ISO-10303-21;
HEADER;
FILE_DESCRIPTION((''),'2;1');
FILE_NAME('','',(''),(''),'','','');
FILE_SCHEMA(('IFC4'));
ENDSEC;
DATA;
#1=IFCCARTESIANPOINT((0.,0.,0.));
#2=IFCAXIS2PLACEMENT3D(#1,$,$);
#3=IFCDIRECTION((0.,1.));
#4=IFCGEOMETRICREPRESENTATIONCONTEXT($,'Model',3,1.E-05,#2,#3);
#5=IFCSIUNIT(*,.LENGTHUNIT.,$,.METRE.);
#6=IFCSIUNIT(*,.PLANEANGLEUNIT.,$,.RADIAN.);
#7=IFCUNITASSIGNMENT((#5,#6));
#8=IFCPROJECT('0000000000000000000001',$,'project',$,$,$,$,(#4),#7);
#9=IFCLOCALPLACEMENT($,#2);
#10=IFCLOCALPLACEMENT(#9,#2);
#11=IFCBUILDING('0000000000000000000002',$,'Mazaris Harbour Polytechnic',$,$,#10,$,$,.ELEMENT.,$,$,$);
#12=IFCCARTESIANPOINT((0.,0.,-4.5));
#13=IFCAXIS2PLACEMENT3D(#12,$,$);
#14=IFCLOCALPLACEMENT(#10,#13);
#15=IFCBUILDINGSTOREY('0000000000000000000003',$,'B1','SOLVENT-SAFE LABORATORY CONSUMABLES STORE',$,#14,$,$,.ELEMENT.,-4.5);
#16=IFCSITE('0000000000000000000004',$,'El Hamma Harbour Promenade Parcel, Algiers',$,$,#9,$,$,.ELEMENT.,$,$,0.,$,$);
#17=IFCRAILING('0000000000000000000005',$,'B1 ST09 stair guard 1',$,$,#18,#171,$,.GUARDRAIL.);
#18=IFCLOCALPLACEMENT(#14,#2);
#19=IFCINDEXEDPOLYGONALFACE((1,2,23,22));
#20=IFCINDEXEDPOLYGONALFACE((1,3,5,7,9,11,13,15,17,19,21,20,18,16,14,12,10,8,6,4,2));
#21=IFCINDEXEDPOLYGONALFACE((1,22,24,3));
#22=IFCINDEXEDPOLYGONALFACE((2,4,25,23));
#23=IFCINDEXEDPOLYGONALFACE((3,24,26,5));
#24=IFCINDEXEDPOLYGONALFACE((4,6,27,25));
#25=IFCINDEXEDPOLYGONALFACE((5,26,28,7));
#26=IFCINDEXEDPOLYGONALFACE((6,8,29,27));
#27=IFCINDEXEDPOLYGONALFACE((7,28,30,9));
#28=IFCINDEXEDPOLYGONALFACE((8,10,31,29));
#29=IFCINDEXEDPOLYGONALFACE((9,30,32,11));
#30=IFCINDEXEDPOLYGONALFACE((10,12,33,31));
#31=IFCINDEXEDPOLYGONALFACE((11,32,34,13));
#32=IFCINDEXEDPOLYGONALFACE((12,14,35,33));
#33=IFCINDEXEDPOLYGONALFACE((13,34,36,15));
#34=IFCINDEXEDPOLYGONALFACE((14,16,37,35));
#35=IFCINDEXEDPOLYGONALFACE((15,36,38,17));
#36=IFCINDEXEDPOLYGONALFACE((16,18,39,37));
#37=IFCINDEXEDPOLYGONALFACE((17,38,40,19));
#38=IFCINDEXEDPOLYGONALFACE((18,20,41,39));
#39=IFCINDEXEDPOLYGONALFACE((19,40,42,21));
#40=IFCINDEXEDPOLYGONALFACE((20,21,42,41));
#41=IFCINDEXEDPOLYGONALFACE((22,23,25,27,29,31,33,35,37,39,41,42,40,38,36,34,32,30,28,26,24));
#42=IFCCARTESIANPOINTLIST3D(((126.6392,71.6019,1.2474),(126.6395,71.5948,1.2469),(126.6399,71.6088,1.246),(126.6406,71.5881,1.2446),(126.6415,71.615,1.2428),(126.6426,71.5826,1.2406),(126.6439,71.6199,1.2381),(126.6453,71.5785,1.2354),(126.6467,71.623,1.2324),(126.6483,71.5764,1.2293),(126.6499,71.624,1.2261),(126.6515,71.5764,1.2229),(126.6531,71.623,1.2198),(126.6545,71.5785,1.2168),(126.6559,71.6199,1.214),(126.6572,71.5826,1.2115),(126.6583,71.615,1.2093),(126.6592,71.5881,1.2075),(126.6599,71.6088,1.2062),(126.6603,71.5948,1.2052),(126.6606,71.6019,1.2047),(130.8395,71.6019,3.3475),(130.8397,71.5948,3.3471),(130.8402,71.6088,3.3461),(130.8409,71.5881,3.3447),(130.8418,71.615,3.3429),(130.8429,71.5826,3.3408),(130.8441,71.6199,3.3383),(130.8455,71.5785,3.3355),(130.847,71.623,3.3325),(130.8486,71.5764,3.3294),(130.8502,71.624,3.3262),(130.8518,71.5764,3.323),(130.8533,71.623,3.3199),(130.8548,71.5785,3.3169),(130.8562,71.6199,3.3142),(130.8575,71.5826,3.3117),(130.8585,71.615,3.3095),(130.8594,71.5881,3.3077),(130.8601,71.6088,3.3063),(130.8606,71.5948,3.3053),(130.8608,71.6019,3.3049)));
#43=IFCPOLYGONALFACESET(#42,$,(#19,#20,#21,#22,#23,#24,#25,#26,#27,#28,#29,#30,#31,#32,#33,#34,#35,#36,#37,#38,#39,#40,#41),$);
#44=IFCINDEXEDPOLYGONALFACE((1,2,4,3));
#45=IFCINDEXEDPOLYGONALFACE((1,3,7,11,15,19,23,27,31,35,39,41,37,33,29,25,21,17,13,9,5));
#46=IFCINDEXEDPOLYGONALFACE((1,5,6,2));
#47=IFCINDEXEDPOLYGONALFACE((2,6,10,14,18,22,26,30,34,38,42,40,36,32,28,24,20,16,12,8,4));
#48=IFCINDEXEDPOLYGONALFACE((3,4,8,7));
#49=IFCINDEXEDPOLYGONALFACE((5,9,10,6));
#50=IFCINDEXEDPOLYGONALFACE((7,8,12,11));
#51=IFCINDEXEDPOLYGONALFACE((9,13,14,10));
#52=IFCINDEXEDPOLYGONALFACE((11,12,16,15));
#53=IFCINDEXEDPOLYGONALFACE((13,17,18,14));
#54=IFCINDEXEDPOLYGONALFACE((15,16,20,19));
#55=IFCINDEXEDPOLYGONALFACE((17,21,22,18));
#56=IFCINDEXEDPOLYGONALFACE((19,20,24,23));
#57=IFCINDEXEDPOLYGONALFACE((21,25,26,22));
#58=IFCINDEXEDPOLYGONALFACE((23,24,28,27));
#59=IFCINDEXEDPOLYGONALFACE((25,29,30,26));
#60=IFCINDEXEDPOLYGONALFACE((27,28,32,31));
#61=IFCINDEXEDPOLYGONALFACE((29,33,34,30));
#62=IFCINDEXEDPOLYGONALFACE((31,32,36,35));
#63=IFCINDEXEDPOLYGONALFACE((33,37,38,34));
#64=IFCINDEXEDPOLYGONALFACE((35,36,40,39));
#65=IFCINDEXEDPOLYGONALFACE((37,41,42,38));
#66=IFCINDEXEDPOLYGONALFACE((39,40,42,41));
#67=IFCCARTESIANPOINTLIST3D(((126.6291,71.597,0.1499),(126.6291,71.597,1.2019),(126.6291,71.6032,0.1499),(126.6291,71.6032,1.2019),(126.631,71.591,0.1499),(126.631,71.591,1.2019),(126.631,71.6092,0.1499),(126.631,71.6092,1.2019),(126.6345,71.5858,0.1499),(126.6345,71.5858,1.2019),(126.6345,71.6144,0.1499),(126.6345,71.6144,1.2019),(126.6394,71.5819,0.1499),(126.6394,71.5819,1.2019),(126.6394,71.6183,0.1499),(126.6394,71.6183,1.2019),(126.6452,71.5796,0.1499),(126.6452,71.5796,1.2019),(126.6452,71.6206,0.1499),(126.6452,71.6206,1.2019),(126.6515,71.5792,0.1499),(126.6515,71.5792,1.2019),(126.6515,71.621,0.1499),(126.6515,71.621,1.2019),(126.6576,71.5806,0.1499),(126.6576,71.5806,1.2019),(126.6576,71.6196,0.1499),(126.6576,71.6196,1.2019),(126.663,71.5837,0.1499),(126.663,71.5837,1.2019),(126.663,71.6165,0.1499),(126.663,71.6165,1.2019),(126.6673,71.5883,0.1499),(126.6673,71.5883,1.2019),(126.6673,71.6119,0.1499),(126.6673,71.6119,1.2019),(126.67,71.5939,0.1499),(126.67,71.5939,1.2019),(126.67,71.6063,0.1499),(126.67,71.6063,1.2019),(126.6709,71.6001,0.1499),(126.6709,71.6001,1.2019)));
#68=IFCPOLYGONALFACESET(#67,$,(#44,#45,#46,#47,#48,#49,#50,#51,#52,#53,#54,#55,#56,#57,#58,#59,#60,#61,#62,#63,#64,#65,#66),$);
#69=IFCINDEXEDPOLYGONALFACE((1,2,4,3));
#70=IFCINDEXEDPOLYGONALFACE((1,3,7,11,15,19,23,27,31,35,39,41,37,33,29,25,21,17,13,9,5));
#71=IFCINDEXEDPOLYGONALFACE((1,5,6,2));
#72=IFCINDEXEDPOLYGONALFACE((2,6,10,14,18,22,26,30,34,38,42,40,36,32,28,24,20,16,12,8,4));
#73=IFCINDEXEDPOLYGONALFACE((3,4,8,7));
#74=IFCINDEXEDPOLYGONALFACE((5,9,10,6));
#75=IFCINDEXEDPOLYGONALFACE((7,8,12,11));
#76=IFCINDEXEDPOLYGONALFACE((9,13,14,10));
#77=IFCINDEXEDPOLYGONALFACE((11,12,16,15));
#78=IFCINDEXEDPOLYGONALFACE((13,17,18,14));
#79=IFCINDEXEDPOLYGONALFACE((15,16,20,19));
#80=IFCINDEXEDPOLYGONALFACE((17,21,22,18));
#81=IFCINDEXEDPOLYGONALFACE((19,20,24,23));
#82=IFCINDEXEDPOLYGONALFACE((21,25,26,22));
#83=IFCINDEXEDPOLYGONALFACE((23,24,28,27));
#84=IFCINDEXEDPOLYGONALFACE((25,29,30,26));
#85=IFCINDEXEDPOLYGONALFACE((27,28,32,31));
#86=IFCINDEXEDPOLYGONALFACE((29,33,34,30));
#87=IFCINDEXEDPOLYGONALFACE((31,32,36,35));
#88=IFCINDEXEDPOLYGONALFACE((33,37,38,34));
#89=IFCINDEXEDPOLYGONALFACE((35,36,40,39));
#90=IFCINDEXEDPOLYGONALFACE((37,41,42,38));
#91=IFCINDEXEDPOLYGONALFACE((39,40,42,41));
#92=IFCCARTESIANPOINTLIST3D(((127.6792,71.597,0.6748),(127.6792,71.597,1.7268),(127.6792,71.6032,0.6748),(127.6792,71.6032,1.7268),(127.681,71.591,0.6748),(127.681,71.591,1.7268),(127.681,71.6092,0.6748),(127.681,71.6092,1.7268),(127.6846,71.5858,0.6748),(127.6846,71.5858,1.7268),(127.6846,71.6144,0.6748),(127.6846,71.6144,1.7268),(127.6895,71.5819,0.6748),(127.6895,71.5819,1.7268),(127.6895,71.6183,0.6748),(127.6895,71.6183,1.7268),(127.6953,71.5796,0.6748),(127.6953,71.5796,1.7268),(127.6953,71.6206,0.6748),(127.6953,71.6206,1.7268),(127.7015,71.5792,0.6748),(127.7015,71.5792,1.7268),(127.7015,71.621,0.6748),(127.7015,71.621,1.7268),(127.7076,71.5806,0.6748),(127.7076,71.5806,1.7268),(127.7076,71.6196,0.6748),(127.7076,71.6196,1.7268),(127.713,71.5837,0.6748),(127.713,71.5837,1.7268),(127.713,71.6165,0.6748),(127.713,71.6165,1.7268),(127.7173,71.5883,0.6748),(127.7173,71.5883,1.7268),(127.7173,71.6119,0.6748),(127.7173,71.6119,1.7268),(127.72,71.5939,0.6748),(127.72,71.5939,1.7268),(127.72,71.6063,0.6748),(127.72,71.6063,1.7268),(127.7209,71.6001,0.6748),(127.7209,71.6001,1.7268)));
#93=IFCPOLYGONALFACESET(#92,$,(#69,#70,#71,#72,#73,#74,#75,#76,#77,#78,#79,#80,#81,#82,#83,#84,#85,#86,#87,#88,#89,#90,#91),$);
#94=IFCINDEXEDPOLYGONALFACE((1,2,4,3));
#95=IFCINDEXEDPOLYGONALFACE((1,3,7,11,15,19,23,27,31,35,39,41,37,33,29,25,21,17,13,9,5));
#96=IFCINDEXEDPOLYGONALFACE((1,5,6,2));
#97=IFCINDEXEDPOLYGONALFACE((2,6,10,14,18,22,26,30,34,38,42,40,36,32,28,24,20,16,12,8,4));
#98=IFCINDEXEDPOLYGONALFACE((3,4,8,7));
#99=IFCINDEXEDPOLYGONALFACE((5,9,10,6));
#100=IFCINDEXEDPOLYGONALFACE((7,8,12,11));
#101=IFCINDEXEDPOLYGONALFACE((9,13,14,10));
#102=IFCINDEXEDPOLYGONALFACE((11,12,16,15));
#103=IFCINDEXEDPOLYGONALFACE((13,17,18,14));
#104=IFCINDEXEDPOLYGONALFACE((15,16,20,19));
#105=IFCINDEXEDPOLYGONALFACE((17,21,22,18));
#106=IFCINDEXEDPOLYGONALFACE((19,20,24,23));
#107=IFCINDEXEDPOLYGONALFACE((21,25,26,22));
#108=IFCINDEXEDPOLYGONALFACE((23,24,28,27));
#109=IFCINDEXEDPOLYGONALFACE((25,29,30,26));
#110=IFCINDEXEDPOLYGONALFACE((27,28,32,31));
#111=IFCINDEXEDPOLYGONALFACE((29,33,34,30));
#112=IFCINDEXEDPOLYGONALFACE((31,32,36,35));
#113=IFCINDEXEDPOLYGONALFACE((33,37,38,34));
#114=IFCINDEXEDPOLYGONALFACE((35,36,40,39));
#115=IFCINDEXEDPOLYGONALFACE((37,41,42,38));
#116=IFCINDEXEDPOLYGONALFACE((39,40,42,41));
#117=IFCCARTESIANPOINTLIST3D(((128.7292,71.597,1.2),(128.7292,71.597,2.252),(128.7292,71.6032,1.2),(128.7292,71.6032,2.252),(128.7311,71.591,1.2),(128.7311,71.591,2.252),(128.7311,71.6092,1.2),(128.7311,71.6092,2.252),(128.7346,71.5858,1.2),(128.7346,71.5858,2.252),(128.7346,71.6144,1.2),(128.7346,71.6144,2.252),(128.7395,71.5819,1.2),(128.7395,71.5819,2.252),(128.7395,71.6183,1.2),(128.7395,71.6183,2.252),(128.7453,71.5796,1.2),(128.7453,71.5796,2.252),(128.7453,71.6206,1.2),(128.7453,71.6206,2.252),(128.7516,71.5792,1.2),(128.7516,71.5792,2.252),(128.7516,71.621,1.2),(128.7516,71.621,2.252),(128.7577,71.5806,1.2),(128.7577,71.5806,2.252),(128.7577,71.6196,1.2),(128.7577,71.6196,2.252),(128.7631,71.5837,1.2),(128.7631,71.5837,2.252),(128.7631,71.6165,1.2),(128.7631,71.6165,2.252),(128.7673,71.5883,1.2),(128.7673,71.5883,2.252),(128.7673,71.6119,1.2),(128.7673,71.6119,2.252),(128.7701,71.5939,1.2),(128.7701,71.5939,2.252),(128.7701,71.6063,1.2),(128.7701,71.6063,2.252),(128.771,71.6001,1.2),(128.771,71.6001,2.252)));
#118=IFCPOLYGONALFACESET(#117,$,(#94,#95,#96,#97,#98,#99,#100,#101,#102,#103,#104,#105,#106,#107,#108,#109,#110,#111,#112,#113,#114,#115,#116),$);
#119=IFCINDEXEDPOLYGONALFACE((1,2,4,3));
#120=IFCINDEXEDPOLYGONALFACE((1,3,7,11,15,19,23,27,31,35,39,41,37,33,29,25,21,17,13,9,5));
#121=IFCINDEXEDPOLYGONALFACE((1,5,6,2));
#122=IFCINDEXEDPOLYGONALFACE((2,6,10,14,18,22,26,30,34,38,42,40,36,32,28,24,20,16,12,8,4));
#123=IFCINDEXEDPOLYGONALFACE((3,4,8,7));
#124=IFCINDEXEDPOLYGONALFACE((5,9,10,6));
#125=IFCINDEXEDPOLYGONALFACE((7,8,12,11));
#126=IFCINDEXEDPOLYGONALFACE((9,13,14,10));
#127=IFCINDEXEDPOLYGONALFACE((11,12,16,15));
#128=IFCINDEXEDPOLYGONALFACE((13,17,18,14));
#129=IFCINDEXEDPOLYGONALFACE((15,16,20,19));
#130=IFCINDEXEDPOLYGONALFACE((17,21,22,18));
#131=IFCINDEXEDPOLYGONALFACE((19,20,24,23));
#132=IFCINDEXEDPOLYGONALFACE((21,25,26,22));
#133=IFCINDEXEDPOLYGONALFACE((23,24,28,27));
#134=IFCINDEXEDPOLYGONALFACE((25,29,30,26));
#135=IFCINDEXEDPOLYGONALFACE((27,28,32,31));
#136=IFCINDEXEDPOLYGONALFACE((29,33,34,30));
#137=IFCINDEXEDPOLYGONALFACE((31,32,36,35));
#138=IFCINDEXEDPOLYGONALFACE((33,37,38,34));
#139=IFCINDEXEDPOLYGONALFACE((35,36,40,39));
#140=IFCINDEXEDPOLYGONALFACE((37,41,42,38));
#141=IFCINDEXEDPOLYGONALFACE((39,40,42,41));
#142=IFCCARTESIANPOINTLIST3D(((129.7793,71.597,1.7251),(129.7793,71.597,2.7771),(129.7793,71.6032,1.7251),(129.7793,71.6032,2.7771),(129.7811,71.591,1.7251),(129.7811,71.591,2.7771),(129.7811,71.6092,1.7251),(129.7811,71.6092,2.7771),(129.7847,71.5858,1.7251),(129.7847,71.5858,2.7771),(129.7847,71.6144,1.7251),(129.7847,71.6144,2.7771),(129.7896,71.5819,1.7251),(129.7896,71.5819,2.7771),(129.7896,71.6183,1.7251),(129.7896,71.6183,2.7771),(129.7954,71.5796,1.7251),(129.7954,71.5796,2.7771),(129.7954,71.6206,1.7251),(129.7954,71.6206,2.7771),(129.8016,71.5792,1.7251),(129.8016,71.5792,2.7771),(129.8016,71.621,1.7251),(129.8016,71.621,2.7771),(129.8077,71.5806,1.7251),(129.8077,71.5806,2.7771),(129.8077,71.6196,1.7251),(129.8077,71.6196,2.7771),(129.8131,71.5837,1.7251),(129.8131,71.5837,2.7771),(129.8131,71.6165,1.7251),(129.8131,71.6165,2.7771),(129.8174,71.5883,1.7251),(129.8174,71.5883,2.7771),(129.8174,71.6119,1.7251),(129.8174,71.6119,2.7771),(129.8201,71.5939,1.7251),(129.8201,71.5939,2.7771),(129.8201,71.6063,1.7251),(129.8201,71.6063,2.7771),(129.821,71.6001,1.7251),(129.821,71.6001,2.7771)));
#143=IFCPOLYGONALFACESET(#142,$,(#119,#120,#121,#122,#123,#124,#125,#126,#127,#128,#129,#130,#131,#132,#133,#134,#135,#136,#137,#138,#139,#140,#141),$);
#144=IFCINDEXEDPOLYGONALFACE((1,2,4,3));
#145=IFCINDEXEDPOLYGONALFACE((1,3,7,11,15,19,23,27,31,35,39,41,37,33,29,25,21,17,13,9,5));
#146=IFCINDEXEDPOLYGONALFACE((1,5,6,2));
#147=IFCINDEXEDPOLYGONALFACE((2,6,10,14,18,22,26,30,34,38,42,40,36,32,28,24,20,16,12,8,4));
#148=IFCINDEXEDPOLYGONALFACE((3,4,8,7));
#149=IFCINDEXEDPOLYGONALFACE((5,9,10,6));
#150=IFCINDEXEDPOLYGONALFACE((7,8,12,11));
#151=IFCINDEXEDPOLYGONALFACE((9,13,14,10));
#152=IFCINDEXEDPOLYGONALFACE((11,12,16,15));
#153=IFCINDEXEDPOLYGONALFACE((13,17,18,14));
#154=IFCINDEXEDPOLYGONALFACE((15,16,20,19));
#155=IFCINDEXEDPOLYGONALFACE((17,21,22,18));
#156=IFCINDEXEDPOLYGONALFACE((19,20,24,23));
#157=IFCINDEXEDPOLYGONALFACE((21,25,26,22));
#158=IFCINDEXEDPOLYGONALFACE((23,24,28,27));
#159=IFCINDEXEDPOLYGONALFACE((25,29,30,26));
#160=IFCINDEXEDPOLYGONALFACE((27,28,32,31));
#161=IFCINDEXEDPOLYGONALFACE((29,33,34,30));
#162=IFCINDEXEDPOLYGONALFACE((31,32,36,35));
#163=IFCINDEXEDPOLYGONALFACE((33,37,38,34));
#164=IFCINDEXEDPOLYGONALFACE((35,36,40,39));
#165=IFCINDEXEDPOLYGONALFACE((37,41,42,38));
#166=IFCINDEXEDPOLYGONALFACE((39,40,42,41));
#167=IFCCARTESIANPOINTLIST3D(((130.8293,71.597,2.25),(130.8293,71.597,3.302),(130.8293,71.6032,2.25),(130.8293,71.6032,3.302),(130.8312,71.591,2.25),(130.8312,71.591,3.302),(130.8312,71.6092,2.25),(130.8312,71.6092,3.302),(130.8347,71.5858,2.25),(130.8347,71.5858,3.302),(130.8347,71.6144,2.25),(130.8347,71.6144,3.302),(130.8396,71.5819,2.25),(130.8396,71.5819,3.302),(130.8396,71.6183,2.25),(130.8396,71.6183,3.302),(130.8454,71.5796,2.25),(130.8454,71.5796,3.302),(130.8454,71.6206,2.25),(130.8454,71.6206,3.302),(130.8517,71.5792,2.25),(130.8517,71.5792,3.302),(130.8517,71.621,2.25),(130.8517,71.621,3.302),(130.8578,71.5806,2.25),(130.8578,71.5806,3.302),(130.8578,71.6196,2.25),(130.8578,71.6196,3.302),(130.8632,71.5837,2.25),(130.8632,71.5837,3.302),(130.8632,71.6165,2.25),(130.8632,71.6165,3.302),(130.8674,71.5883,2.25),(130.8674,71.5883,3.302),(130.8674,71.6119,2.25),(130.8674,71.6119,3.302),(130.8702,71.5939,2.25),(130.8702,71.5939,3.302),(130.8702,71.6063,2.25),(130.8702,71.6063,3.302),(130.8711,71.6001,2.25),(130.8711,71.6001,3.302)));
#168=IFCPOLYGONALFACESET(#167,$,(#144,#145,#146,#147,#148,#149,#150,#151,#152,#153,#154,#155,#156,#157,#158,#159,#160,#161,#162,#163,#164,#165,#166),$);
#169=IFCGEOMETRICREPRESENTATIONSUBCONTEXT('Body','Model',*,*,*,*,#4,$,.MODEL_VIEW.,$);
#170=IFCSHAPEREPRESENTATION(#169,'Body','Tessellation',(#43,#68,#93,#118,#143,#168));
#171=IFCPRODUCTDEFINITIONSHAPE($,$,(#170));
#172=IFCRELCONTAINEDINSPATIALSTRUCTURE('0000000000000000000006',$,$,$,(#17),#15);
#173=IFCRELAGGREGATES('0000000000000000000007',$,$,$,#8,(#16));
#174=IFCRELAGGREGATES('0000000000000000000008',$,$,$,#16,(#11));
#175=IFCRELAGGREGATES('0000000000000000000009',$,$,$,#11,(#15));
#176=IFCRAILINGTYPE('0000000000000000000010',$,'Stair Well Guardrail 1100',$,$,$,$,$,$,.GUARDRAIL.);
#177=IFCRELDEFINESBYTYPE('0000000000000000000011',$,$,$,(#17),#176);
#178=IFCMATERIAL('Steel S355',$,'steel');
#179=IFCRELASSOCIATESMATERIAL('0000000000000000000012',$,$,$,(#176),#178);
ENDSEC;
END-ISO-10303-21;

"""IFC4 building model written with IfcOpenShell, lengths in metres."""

from ifc_helpers import new_model, si_unit, direction, frame, origin, origin_2d, place, context, subcontext, project, spatial, circle, extrude, material, type_object, element, save


model = new_model("IFC4")

# Units and contexts
model_context = context("Model", 3, precision=1e-05, world=origin(), true_north=direction((0.0, 1.0)))
body_context = subcontext(model_context, "Body", "Model", "MODEL_VIEW")
ifc_project = project(units=[si_unit("LENGTHUNIT", "METRE"), si_unit("PLANEANGLEUNIT", "RADIAN")], contexts=[model_context])

# Site, building, storey
site_placement = place(None, origin())
site = spatial("IfcSite", under=ifc_project, at=site_placement, Name="El Hamma Harbour Promenade Parcel, Algiers", CompositionType="ELEMENT", RefElevation=0.0)
building_placement = place(site_placement, origin())
building = spatial("IfcBuilding", under=site, at=building_placement, Name="Mazaris Harbour Polytechnic", CompositionType="ELEMENT")
storey_placement = place(building_placement, frame((0.0, 0.0, -4.5)))
storey = spatial("IfcBuildingStorey", under=building, at=storey_placement, Name="B1", Description="SOLVENT-SAFE LABORATORY CONSUMABLES STORE", CompositionType="ELEMENT", Elevation=-4.5)

# Railing
ifc_material_1 = material(Name="Steel S355", Category="steel")
railing_type_1 = type_object("IfcRailingType", Name="Stair Well Guardrail 1100", PredefinedType="GUARDRAIL", material=ifc_material_1)
railing_1_placement = place(storey_placement, frame((126.6499, 71.6001, 0.1499)))
element("IfcRailing", 1, at=railing_1_placement, inside=storey, type_object=railing_type_1, Name="B1 ST09 stair guard 1", PredefinedType="GUARDRAIL", context=body_context, shape_type="SweptSolid", body=[
    extrude(circle(Radius=0.0239, at=origin_2d()), frame((0.0, 0.0, 1.0762), z_axis=(0.894427, 0.0, 0.447214), x_axis=(0.0, 1.0, 0.0)), (0.0, 0.0, 1.0), 4.696),
    extrude(circle(Radius=0.021, at=origin_2d()), origin(), (0.0, 0.0, 1.0), 1.052),
    extrude(circle(Radius=0.021, at=origin_2d()), frame((1.05, 0.0, 0.5249)), (0.0, 0.0, 1.0), 1.052),
    extrude(circle(Radius=0.021, at=origin_2d()), frame((2.1001, 0.0, 1.05)), (0.0, 0.0, 1.0), 1.052),
    extrude(circle(Radius=0.021, at=origin_2d()), frame((3.1501, 0.0, 1.5752)), (0.0, 0.0, 1.0), 1.052),
    extrude(circle(Radius=0.021, at=origin_2d()), frame((4.2002, 0.0, 2.1001)), (0.0, 0.0, 1.0), 1.052),
])

save(model, "model.ifc")
